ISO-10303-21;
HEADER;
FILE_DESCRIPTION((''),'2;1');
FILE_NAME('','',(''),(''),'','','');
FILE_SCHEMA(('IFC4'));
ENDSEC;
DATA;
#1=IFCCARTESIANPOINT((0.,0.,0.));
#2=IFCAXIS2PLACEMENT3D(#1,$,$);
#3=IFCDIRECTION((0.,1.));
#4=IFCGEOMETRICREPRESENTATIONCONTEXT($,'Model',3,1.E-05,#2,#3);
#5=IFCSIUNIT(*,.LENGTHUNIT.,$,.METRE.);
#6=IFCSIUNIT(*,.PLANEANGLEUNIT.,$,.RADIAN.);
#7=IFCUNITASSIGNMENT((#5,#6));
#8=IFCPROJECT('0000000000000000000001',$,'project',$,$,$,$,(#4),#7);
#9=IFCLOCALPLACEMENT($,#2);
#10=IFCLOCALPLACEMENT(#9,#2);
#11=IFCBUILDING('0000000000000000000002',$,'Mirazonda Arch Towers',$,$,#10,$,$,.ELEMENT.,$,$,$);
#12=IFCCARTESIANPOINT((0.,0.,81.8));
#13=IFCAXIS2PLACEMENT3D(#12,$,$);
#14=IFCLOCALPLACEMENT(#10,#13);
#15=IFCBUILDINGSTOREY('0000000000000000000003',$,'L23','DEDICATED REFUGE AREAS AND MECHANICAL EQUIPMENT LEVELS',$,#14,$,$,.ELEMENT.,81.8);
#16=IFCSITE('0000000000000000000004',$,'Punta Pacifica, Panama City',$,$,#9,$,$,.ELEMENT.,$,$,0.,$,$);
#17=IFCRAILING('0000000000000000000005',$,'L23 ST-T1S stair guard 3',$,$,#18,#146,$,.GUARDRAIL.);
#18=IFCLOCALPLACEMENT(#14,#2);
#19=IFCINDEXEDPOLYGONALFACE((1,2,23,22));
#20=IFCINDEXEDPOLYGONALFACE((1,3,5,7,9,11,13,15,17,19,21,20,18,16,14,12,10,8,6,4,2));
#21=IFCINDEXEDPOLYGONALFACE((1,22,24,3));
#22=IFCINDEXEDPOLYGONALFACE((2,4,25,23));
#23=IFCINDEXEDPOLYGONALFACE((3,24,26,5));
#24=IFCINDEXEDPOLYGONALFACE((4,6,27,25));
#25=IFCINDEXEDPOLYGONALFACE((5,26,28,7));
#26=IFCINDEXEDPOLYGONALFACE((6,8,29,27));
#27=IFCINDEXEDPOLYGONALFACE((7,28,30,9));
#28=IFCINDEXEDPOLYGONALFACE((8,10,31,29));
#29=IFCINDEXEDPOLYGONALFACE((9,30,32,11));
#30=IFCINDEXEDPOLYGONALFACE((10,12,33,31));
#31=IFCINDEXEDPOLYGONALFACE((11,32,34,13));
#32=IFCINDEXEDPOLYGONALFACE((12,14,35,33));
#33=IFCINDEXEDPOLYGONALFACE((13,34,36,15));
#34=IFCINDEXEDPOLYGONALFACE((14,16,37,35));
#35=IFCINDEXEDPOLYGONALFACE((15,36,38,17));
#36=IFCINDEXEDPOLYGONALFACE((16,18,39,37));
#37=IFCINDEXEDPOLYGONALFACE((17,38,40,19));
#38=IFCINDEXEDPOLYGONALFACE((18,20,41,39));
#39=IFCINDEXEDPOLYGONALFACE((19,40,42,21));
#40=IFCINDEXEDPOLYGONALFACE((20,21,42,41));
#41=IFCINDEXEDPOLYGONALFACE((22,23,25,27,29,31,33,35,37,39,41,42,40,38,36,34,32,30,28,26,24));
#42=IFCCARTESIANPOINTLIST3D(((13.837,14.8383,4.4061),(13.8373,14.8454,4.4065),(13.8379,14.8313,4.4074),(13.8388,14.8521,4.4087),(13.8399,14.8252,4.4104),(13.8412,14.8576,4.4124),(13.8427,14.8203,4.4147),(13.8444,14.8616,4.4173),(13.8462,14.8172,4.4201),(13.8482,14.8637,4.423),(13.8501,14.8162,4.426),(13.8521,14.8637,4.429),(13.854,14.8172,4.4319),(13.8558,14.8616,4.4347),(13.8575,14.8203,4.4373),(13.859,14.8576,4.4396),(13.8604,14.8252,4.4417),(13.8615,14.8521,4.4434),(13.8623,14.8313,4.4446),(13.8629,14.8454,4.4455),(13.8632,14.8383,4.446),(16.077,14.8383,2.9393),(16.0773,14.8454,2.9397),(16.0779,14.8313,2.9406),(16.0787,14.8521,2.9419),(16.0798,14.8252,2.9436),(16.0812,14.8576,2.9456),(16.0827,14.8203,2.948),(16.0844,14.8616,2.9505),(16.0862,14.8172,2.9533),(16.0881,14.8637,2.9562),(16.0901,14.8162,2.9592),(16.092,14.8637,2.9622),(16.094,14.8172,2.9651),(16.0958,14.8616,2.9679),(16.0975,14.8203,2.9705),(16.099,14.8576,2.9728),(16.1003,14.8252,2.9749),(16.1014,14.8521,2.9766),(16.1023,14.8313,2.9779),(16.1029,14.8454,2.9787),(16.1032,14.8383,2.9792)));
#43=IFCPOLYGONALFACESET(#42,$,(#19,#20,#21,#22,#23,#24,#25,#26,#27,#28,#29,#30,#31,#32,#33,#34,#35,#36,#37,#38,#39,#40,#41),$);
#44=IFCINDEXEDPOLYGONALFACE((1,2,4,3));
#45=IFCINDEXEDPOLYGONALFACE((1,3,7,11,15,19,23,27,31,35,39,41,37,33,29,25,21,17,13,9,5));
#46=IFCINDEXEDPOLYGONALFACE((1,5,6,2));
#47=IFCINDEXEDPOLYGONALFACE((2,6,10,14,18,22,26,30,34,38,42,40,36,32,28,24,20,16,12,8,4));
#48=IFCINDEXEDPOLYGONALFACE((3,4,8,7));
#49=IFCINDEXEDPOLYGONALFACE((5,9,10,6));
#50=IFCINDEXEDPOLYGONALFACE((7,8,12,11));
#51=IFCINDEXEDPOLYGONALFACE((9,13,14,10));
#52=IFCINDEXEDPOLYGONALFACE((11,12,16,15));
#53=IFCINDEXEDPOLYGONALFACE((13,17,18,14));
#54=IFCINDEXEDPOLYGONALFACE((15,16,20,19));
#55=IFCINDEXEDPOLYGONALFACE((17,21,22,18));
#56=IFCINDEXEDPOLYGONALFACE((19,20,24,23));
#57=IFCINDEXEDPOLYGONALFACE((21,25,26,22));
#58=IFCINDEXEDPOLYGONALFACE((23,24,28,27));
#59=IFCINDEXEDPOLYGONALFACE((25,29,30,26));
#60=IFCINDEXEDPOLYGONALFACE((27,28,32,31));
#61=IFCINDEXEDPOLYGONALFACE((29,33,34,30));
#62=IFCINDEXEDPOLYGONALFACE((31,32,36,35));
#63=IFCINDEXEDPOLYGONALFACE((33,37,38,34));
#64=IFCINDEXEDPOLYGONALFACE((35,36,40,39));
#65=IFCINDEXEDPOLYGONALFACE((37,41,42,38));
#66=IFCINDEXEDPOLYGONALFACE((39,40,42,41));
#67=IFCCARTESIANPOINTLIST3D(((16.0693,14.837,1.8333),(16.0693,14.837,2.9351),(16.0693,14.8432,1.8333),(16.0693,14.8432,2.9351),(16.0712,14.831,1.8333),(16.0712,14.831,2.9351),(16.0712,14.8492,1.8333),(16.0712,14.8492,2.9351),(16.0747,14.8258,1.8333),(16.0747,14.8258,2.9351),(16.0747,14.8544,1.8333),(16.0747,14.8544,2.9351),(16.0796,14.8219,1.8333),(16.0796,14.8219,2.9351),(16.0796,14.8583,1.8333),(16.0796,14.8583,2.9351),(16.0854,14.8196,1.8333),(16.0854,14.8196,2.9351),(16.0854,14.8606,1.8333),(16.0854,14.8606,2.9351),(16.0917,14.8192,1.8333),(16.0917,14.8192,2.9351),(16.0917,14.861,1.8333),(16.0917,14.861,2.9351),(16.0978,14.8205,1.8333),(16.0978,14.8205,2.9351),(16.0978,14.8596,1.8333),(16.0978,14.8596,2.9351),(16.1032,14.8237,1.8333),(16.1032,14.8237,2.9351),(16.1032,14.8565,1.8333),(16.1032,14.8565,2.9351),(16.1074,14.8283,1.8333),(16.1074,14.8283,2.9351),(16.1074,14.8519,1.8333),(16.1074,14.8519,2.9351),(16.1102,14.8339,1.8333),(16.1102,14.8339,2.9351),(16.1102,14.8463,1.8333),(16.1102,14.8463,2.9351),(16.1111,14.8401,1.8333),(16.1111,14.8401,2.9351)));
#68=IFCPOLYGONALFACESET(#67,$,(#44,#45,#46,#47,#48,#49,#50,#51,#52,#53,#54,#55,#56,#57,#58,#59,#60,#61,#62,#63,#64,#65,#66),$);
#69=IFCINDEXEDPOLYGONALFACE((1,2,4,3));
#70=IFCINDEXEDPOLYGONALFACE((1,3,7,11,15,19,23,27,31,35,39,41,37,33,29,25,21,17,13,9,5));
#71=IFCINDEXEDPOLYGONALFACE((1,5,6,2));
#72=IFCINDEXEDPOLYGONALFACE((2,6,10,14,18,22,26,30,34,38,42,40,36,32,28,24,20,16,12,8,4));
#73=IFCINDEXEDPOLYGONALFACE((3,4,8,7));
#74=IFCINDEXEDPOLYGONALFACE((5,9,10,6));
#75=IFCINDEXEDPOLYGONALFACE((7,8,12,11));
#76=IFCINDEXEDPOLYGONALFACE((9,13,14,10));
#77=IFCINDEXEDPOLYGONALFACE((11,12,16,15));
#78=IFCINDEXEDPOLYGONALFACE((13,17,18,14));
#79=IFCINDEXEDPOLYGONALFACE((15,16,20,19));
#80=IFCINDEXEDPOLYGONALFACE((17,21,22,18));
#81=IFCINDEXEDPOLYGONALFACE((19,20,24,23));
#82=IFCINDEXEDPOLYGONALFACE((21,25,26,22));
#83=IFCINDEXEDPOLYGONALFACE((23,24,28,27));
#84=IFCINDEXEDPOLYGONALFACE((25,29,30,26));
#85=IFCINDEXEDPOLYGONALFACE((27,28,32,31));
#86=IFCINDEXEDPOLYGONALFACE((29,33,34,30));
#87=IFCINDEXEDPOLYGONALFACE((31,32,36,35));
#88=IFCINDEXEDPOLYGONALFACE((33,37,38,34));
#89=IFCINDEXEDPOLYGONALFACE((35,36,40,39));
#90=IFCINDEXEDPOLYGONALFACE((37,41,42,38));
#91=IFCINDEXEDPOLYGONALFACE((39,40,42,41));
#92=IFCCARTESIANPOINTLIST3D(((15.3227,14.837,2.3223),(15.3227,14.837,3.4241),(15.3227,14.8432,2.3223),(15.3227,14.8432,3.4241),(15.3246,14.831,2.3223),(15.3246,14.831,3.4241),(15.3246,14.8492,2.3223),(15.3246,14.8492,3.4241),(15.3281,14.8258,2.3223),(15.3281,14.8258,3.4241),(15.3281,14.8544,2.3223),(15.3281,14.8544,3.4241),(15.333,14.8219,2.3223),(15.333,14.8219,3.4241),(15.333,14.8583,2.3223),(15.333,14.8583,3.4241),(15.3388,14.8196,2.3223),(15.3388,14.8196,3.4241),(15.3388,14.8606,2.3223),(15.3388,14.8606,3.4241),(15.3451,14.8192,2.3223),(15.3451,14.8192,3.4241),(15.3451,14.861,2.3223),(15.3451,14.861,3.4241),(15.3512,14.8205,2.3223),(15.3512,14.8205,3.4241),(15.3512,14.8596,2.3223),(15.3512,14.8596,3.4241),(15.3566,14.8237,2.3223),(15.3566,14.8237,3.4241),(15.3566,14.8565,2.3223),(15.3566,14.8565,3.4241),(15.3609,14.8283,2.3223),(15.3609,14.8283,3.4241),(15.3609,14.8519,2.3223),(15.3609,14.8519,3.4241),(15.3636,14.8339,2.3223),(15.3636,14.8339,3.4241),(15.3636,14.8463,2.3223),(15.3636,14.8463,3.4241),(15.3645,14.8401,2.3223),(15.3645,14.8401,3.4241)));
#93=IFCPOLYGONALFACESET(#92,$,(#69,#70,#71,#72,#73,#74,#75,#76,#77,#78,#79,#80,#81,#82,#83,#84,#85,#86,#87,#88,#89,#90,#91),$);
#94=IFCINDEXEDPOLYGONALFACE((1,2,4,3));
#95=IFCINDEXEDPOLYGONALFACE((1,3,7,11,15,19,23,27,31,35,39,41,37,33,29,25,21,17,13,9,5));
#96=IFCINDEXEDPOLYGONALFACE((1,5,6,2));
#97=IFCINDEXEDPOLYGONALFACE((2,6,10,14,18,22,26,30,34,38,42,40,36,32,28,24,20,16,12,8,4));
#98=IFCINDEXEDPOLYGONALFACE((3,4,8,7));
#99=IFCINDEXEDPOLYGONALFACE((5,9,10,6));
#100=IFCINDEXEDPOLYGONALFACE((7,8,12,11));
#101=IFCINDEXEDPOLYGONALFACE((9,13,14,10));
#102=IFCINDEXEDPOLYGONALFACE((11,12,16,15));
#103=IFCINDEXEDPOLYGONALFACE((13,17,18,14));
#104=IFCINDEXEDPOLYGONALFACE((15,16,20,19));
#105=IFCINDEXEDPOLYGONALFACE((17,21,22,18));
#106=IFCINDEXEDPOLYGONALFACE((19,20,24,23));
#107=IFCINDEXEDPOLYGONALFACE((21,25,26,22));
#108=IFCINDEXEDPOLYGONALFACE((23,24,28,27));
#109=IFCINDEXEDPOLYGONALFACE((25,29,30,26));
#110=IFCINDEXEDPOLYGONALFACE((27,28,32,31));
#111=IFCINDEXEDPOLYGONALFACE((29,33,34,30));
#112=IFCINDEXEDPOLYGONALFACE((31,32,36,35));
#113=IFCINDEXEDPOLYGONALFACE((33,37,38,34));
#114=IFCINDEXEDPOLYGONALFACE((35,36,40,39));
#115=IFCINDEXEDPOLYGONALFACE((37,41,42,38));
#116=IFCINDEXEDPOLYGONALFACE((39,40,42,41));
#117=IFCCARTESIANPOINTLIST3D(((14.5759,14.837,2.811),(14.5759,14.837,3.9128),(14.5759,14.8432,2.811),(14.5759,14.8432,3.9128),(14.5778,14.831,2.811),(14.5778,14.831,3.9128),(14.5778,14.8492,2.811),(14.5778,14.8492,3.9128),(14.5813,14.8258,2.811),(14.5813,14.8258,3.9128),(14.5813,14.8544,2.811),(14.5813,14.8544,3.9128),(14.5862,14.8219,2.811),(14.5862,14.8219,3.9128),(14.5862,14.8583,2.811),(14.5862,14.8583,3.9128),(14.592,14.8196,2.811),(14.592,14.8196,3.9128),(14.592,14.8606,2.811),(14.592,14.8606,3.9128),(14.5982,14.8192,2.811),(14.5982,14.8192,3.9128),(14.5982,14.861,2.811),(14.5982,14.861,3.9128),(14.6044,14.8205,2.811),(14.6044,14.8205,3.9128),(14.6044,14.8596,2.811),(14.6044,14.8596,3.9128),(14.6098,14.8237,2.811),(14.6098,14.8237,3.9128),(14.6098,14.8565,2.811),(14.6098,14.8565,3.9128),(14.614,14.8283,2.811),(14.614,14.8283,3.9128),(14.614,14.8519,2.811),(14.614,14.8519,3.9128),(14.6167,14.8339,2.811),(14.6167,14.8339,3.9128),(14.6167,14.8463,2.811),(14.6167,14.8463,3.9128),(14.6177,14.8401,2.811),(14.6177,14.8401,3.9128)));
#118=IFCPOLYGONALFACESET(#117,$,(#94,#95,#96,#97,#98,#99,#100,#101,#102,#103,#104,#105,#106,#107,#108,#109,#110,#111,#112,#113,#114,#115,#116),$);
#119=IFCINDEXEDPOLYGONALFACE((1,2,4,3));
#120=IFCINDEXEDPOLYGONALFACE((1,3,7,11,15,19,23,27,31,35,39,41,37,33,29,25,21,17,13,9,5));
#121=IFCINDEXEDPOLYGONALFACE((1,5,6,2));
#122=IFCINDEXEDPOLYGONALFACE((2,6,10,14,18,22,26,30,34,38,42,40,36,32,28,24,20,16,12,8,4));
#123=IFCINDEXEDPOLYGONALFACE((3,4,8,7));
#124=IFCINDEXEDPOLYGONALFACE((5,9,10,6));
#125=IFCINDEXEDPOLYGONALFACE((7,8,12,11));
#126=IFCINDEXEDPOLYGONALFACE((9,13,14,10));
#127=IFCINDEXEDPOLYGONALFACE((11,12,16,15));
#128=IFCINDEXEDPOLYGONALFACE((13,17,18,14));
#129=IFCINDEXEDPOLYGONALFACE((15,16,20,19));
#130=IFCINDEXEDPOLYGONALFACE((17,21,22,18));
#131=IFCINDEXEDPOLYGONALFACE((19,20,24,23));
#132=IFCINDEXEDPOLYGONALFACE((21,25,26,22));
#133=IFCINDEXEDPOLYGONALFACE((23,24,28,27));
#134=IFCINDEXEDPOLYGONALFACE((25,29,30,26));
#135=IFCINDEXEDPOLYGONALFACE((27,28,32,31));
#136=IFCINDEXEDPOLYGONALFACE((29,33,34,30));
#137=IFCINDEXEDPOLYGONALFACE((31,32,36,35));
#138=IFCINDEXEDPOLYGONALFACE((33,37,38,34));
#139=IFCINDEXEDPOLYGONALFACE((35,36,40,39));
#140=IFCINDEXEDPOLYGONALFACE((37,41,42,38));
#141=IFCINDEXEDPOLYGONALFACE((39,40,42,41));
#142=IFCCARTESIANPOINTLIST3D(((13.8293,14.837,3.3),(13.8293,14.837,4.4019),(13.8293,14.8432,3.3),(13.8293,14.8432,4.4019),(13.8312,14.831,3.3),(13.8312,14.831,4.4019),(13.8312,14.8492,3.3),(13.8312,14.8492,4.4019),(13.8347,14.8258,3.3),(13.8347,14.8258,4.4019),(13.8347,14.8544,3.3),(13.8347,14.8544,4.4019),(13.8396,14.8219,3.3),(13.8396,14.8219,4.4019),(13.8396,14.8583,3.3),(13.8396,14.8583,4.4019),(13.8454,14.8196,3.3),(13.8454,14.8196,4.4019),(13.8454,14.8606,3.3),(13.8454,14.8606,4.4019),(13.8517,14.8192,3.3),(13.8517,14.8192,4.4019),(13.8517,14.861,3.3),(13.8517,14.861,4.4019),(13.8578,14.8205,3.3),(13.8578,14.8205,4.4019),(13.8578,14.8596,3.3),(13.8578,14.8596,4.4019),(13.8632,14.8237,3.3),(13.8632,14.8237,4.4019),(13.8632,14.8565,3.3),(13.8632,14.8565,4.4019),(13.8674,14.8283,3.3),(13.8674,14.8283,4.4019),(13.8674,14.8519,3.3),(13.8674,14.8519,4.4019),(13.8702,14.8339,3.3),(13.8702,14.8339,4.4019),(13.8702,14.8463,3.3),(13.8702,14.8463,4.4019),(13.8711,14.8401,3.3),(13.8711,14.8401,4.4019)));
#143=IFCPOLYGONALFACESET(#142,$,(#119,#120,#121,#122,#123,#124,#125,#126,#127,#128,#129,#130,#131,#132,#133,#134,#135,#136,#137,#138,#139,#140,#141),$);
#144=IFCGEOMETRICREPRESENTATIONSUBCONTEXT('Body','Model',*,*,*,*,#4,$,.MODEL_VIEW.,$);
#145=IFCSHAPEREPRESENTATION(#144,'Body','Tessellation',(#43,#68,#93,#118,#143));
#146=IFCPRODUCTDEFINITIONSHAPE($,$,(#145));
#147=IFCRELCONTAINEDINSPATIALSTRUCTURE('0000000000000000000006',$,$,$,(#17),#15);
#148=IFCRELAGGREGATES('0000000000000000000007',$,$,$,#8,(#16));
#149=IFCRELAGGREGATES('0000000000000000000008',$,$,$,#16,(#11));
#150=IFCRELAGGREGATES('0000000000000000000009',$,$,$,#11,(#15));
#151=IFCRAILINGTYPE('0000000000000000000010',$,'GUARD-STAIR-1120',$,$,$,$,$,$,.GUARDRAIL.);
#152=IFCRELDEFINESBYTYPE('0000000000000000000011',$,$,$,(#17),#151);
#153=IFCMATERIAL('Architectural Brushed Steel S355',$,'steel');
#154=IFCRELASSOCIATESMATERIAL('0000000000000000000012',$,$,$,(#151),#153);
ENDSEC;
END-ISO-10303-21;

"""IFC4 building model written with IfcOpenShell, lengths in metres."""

from ifc_helpers import new_model, si_unit, direction, frame, origin, origin_2d, place, context, subcontext, project, spatial, circle, extrude, material, type_object, element, save


model = new_model("IFC4")

# Units and contexts
model_context = context("Model", 3, precision=1e-05, world=origin(), true_north=direction((0.0, 1.0)))
body_context = subcontext(model_context, "Body", "Model", "MODEL_VIEW")
ifc_project = project(units=[si_unit("LENGTHUNIT", "METRE"), si_unit("PLANEANGLEUNIT", "RADIAN")], contexts=[model_context])

# Site, building, storey
site_placement = place(None, origin())
site = spatial("IfcSite", under=ifc_project, at=site_placement, Name="Punta Pacifica, Panama City", CompositionType="ELEMENT", RefElevation=0.0)
building_placement = place(site_placement, origin())
building = spatial("IfcBuilding", under=site, at=building_placement, Name="Mirazonda Arch Towers", CompositionType="ELEMENT")
storey_placement = place(building_placement, frame((0.0, 0.0, 81.8)))
storey = spatial("IfcBuildingStorey", under=building, at=storey_placement, Name="L23", Description="DEDICATED REFUGE AREAS AND MECHANICAL EQUIPMENT LEVELS", CompositionType="ELEMENT", Elevation=81.8)

# Shared definitions
ifc_material_1 = material(Name="Architectural Brushed Steel S355", Category="steel")

# Railing
railing_type_1 = type_object("IfcRailingType", Name="GUARD-STAIR-1120", PredefinedType="GUARDRAIL", material=ifc_material_1)
railing_1_placement = place(storey_placement, frame((16.0901, 14.8401, 1.8333)))
element("IfcRailing", 1, at=railing_1_placement, inside=storey, type_object=railing_type_1, Name="L23 ST-T1S stair guard 3", PredefinedType="GUARDRAIL", context=body_context, shape_type="SweptSolid", body=[
    extrude(circle(Radius=0.0239, at=origin_2d()), frame((0.0, 0.0, 1.126), z_axis=(-0.836595, 0.0, 0.547822), x_axis=(0.0, -1.0, 0.0)), (0.0, 0.0, 1.0), 2.6775),
    extrude(circle(Radius=0.021, at=origin_2d()), origin(), (0.0, 0.0, 1.0), 1.1018),
    extrude(circle(Radius=0.021, at=origin_2d()), frame((-0.7466, 0.0, 0.489)), (0.0, 0.0, 1.0), 1.1018),
    extrude(circle(Radius=0.021, at=origin_2d()), frame((-1.4934, 0.0, 0.9778)), (0.0, 0.0, 1.0), 1.1018),
    extrude(circle(Radius=0.021, at=origin_2d()), frame((-2.24, 0.0, 1.4668)), (0.0, 0.0, 1.0), 1.1018),
])

save(model, "model.ifc")
